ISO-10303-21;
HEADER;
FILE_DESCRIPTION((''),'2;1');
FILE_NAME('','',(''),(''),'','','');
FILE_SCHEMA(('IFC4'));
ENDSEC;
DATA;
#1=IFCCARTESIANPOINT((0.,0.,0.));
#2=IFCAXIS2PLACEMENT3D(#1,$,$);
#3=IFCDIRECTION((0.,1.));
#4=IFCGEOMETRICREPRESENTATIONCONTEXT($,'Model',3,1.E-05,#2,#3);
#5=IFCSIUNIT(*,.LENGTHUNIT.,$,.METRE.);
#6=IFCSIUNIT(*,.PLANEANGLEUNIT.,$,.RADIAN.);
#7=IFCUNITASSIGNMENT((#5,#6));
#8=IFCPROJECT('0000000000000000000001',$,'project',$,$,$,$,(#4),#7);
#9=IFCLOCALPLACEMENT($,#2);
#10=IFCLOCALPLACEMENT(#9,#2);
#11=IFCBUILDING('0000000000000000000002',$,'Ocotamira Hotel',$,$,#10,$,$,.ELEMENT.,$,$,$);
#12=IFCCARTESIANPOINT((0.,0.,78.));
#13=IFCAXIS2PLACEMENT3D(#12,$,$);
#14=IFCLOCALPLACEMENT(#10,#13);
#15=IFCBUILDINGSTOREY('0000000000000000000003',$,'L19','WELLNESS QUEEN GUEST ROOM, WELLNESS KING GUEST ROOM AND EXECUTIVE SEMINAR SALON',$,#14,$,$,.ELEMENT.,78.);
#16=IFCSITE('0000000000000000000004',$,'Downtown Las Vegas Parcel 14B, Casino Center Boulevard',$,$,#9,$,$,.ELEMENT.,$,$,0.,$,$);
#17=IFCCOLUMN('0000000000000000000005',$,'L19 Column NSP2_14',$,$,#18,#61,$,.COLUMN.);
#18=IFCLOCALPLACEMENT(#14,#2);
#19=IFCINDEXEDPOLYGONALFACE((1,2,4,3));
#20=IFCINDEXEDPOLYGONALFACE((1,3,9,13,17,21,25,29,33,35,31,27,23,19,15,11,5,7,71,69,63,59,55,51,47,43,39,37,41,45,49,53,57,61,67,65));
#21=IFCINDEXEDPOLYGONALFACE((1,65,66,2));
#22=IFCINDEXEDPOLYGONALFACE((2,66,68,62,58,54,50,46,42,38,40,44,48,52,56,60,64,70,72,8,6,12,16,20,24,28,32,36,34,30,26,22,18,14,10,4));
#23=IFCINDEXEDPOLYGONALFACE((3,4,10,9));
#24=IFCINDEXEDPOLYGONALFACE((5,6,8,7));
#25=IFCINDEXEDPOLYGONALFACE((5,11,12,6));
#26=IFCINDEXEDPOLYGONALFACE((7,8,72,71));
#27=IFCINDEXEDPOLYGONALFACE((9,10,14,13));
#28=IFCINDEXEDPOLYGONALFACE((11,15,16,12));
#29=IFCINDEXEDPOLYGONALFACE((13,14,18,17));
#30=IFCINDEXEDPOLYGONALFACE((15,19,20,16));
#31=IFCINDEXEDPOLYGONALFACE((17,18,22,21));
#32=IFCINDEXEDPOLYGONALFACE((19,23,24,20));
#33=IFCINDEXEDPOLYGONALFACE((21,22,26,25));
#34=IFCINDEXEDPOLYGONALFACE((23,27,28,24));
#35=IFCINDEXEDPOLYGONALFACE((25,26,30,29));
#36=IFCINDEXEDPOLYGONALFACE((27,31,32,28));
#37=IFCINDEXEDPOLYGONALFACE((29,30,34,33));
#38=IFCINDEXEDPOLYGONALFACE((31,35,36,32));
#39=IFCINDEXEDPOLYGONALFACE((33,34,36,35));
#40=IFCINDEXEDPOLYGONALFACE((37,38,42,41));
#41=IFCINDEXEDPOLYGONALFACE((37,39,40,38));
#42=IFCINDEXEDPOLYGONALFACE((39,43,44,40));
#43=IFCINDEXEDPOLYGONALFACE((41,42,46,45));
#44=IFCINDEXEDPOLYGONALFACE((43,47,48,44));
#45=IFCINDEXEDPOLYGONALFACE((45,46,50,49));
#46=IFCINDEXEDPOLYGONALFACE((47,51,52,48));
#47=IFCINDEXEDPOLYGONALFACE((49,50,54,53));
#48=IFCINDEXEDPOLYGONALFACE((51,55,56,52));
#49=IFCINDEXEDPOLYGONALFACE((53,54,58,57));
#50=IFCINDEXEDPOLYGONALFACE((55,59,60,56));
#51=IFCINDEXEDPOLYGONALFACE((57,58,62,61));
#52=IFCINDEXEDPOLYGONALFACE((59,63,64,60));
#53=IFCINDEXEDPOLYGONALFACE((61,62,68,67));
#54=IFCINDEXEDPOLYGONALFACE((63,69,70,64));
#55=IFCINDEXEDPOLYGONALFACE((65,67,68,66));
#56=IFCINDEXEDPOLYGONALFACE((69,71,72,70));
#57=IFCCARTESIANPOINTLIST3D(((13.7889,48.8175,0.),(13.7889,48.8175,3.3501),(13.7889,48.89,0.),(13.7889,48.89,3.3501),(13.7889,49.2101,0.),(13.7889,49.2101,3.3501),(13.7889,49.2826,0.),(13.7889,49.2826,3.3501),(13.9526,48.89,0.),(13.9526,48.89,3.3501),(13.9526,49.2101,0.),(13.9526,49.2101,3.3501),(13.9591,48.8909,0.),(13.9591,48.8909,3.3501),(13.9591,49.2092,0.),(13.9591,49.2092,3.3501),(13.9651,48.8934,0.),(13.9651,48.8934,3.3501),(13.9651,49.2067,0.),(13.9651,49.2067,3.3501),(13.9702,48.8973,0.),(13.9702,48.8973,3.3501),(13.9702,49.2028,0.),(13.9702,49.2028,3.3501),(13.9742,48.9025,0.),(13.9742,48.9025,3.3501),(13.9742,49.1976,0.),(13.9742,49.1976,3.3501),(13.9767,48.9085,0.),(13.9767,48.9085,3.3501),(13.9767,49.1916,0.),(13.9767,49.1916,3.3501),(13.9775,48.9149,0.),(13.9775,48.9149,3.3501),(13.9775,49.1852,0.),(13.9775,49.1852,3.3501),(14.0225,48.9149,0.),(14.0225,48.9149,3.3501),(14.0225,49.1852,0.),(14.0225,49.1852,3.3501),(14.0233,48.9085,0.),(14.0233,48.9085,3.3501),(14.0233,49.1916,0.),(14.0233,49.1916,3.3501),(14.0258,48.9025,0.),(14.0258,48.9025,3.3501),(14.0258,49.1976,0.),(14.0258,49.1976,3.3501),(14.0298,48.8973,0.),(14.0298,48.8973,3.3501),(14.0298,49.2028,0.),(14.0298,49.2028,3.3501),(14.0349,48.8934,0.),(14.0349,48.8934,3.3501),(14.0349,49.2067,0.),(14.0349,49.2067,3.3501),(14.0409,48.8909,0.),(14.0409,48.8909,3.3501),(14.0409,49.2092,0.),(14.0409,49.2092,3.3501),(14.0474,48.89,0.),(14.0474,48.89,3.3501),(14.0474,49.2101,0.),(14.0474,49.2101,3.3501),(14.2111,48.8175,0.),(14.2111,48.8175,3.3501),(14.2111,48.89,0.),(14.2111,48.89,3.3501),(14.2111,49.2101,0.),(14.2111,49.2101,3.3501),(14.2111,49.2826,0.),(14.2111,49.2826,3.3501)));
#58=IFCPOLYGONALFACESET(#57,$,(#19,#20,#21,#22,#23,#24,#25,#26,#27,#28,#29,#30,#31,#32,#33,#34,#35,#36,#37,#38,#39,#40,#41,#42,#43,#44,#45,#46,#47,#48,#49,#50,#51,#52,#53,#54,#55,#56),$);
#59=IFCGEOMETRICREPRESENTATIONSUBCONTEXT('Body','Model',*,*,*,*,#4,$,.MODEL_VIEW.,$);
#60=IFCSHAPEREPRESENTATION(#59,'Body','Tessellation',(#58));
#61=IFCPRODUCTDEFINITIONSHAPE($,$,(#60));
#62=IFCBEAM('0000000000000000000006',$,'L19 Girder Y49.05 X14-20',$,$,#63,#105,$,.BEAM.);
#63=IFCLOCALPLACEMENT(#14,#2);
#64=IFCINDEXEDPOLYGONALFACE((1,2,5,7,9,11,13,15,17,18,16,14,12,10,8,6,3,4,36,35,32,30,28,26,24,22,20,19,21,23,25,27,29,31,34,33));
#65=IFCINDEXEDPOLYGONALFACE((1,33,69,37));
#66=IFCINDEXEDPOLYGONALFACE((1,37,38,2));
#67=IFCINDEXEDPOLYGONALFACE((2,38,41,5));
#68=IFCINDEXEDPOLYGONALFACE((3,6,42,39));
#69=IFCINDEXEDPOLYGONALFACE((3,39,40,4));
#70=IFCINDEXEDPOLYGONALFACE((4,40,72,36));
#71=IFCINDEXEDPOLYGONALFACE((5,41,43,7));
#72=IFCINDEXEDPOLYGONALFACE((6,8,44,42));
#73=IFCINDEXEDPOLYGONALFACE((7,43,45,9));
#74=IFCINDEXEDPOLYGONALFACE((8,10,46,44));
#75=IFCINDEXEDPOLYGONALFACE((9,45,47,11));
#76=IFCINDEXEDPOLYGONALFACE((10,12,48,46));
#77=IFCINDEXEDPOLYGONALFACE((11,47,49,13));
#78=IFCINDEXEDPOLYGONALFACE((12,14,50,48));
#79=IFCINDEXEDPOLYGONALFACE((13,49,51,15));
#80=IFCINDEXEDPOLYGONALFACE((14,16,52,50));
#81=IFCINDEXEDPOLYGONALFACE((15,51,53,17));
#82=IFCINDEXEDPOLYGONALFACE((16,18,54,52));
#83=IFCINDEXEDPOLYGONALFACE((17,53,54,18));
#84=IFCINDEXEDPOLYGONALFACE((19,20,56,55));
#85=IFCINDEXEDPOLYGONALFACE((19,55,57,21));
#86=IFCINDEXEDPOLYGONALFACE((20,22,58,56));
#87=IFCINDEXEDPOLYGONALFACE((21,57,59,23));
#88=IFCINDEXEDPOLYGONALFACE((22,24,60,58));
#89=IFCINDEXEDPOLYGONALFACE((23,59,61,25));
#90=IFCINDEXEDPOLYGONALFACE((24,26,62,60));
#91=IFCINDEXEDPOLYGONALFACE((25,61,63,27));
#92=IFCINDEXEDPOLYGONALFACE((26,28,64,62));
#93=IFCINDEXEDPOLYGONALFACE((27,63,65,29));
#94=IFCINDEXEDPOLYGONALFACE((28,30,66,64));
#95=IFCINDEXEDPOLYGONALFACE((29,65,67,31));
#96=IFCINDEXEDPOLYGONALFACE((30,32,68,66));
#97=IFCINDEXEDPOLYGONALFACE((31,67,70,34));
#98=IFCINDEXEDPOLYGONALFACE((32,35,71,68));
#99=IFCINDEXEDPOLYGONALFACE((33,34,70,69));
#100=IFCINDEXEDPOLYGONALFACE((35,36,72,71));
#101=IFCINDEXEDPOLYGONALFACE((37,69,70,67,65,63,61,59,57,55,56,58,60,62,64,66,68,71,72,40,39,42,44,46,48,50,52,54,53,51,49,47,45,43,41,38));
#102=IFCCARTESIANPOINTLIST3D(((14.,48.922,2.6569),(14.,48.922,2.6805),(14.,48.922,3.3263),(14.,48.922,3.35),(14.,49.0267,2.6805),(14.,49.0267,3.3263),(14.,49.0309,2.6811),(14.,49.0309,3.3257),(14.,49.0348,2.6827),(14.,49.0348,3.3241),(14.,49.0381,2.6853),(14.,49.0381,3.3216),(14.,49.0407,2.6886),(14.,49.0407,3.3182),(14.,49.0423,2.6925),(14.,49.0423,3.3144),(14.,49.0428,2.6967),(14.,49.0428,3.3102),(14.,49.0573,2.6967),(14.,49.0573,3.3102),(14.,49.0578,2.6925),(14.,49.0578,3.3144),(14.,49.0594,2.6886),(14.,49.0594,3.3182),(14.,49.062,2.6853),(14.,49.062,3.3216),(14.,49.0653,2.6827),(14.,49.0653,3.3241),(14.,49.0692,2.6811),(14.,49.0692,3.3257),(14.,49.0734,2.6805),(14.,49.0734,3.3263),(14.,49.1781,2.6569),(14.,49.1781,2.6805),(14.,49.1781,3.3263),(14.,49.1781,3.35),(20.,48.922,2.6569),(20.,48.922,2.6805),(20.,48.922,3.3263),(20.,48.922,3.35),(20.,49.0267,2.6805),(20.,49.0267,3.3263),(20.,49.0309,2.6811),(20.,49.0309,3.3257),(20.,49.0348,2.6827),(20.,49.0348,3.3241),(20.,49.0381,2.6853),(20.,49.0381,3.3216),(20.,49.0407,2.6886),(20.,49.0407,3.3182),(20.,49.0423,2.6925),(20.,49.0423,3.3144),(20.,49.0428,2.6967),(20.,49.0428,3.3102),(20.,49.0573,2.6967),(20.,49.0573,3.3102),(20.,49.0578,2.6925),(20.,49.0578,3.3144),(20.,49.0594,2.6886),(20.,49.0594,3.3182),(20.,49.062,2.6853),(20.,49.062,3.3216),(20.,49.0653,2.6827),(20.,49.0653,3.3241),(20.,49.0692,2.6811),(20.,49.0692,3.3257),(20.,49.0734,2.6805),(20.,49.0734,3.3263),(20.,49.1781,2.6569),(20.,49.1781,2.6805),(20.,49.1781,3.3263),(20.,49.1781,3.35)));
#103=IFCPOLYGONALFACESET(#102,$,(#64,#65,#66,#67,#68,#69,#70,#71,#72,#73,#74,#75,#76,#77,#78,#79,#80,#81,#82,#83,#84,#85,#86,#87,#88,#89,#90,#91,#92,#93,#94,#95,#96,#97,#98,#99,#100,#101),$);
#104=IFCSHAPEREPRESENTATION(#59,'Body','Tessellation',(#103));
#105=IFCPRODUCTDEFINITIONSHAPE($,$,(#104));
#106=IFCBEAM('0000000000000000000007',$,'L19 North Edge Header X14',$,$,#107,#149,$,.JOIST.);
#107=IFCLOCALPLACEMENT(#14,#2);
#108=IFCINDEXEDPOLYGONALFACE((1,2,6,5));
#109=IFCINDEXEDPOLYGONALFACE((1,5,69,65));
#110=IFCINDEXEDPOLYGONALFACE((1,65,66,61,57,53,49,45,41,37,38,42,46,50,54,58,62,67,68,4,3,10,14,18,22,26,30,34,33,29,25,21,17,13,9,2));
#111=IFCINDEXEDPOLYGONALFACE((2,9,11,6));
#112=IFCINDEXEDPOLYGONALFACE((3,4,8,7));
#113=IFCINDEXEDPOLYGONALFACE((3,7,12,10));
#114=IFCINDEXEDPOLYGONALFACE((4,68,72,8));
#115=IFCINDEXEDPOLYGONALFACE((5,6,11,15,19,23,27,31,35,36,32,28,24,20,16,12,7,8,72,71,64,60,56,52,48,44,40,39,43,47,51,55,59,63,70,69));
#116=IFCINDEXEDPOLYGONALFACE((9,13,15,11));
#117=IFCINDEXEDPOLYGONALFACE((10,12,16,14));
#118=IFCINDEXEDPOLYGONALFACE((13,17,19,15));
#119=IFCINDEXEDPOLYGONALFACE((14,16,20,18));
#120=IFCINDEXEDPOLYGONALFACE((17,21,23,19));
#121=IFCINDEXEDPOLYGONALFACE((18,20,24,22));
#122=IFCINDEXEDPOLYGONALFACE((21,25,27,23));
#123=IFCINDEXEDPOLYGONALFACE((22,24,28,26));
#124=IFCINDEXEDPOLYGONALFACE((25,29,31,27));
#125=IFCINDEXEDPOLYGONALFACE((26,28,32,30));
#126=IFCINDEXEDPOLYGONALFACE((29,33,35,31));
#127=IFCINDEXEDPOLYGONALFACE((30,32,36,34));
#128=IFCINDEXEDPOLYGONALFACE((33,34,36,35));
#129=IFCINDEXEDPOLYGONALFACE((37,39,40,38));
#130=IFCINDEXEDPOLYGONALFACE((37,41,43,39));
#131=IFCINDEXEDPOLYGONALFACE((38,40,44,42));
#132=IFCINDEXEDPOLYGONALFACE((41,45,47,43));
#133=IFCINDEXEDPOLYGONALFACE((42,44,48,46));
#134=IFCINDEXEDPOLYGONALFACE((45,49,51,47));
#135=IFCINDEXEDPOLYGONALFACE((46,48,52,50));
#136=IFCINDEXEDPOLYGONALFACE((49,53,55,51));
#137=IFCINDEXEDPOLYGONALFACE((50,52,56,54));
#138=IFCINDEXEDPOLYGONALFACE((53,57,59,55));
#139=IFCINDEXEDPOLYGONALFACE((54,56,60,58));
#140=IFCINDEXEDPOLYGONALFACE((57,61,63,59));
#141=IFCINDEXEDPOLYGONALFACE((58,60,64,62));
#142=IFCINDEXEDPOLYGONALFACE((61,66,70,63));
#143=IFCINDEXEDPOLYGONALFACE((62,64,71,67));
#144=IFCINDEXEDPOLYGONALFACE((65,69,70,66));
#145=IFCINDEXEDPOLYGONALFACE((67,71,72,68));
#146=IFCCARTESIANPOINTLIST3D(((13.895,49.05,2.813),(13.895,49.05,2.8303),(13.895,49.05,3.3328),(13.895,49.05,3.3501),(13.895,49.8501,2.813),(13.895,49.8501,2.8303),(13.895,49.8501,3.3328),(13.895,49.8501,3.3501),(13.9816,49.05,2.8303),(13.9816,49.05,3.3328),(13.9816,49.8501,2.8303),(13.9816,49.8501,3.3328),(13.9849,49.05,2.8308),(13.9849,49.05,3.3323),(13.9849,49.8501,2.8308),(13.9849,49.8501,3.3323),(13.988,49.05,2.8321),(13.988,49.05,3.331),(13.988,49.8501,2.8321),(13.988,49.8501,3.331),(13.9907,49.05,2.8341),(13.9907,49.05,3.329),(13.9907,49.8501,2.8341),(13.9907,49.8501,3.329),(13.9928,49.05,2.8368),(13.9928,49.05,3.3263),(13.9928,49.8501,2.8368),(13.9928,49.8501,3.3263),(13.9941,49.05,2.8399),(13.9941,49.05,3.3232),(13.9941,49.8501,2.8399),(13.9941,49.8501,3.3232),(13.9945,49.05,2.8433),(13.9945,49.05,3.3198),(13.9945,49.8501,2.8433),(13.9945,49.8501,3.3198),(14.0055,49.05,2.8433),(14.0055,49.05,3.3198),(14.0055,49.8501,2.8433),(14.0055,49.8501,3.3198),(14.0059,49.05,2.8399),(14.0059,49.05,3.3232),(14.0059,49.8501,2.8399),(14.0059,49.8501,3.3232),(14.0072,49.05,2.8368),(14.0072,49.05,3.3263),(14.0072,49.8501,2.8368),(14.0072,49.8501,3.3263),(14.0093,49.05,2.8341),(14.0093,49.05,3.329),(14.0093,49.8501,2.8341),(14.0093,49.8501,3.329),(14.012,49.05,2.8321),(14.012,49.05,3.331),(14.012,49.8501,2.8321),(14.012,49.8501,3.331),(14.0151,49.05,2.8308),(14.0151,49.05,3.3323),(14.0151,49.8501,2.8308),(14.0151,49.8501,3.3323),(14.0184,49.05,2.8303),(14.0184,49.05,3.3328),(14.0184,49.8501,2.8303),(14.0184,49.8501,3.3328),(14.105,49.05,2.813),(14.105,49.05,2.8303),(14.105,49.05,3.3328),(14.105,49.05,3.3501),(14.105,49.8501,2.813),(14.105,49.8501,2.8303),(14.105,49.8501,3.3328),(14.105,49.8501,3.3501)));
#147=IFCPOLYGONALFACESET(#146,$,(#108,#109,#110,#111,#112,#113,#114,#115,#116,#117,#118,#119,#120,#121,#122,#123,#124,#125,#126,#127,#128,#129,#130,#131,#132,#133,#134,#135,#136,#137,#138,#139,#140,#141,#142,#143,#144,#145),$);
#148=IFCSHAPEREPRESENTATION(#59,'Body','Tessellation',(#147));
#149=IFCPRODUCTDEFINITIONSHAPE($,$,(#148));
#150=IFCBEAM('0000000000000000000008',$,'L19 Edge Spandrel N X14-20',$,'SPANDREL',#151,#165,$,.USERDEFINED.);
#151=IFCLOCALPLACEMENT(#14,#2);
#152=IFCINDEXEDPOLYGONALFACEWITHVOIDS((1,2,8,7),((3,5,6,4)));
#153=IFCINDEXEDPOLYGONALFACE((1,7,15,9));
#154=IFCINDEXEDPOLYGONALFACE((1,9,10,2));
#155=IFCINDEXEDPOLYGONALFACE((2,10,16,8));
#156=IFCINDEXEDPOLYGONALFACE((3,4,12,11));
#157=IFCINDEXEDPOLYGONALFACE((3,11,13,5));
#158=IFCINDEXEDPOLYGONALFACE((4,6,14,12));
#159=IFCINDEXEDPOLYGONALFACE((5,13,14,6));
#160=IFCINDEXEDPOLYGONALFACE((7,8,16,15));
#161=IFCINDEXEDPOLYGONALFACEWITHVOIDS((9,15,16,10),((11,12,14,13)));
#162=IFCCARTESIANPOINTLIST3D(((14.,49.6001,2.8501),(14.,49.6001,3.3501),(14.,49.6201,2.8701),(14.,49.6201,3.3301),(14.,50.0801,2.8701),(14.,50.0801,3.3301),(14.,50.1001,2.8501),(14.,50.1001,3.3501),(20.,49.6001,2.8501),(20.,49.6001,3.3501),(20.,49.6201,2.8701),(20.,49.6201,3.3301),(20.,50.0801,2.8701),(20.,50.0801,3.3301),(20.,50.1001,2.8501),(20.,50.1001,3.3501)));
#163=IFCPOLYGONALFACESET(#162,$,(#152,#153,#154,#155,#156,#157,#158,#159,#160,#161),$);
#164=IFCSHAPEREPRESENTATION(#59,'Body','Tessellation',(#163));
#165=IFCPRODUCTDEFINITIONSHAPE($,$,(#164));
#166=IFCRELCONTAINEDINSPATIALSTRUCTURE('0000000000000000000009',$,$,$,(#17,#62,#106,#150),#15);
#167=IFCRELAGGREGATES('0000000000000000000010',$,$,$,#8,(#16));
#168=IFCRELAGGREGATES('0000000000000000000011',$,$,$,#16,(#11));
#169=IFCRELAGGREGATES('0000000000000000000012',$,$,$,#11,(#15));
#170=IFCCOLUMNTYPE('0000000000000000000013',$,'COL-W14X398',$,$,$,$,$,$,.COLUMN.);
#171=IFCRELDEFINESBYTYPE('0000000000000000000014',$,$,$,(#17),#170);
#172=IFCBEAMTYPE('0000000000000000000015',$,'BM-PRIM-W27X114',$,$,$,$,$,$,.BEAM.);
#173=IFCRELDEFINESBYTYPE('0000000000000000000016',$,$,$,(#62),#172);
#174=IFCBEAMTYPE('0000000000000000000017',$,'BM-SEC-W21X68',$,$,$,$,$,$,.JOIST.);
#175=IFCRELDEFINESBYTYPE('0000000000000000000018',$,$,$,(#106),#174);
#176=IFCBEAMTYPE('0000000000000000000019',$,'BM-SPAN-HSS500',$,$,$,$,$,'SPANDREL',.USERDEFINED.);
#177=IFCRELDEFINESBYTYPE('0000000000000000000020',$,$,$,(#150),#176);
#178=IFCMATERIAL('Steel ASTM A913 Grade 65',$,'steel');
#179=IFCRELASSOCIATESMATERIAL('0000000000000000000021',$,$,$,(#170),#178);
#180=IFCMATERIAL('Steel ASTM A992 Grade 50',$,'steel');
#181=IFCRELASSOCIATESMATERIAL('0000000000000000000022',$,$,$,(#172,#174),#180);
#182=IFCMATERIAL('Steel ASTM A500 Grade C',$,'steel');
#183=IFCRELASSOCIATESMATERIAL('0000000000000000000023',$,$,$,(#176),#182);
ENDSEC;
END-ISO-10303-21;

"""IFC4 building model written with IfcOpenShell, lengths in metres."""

from ifc_helpers import new_model, si_unit, direction, frame, origin, origin_2d, place, context, subcontext, project, spatial, hollow_rectangle, i_section, extrude, source, transform, mapped, material, material_profile, profile_set, type_object, element, save


model = new_model("IFC4")

# Units and contexts
model_context = context("Model", 3, precision=1e-05, world=origin(), true_north=direction((0.0, 1.0)))
body_context = subcontext(model_context, "Body", "Model", "MODEL_VIEW")
ifc_project = project(units=[si_unit("LENGTHUNIT", "METRE"), si_unit("PLANEANGLEUNIT", "RADIAN")], contexts=[model_context])

# Site, building, storey
site_placement = place(None, origin())
site = spatial("IfcSite", under=ifc_project, at=site_placement, Name="Downtown Las Vegas Parcel 14B, Casino Center Boulevard", CompositionType="ELEMENT", RefElevation=0.0)
building_placement = place(site_placement, origin())
building = spatial("IfcBuilding", under=site, at=building_placement, Name="Ocotamira Hotel", CompositionType="ELEMENT")
storey_placement = place(building_placement, frame((0.0, 0.0, 78.0)))
storey = spatial("IfcBuildingStorey", under=building, at=storey_placement, Name="L19", Description="WELLNESS QUEEN GUEST ROOM, WELLNESS KING GUEST ROOM AND EXECUTIVE SEMINAR SALON", CompositionType="ELEMENT", Elevation=78.0)

# Column
ifc_material_1 = material(Name="Steel ASTM A913 Grade 65", Category="steel")
ifc_material_profile_1 = material_profile(ifc_material_1, i_section(OverallWidth=0.4221, OverallDepth=0.4651, WebThickness=0.0449, FlangeThickness=0.0725, FilletRadius=0.0249, at=origin_2d()), Name="W14X398")
ifc_profile_set_1 = profile_set([ifc_material_profile_1], Name="Steel ASTM A913 Grade 65")
column_type = type_object("IfcColumnType", Name="COL-W14X398", PredefinedType="COLUMN", material=ifc_profile_set_1)
shared_shape_1 = source(origin(), body_context, "Body", "SweptSolid", [
    extrude(i_section(OverallWidth=0.4221, OverallDepth=0.4651, WebThickness=0.0449, FlangeThickness=0.0725, FilletRadius=0.0249, at=origin_2d()), origin(), (0.0, 0.0, 1.0), 3.3501),
])
column_placement = place(storey_placement, frame((14.0, 49.05, 0.0), z_axis=(0.0, 0.0, 1.0), x_axis=(1.0, 0.0, 0.0)))
element("IfcColumn", 1, at=column_placement, inside=storey, type_object=column_type, Name="L19 Column NSP2_14", PredefinedType="COLUMN", context=body_context, shape_type="MappedRepresentation", body=[
    mapped(shared_shape_1, transform((0.0, 0.0, 0.0), scale=1.0)),
])

# Beams
ifc_material_2 = material(Name="Steel ASTM A992 Grade 50", Category="steel")
ifc_material_profile_2 = material_profile(ifc_material_2, i_section(OverallWidth=0.2561, OverallDepth=0.6931, WebThickness=0.0144, FlangeThickness=0.0237, FilletRadius=0.0161, at=origin_2d()), Name="W27X114")
ifc_profile_set_2 = profile_set([ifc_material_profile_2], Name="Steel ASTM A992 Grade 50")
beam_type_1 = type_object("IfcBeamType", Name="BM-PRIM-W27X114", PredefinedType="BEAM", material=ifc_profile_set_2)
shared_shape_2 = source(origin(), body_context, "Body", "SweptSolid", [
    extrude(i_section(OverallWidth=0.2561, OverallDepth=0.6931, WebThickness=0.0144, FlangeThickness=0.0237, FilletRadius=0.0161, at=origin_2d()), origin(), (0.0, 0.0, 1.0), 6.0),
])
beam_1_placement = place(storey_placement, frame((14.0, 49.05, 3.0034), z_axis=(1.0, 0.0, 0.0), x_axis=(0.0, 1.0, 0.0)))
element("IfcBeam", 2, at=beam_1_placement, inside=storey, type_object=beam_type_1, Name="L19 Girder Y49.05 X14-20", PredefinedType="BEAM", context=body_context, shape_type="MappedRepresentation", body=[
    mapped(shared_shape_2, transform((0.0, 0.0, 0.0), scale=1.0)),
])
ifc_material_profile_3 = material_profile(ifc_material_2, i_section(OverallWidth=0.21, OverallDepth=0.5371, WebThickness=0.011, FlangeThickness=0.0173, FilletRadius=0.0129, at=origin_2d()), Name="W21X68")
ifc_profile_set_3 = profile_set([ifc_material_profile_3], Name="Steel ASTM A992 Grade 50")
beam_type_2 = type_object("IfcBeamType", Name="BM-SEC-W21X68", PredefinedType="JOIST", material=ifc_profile_set_3)
shared_shape_3 = source(origin(), body_context, "Body", "SweptSolid", [
    extrude(i_section(OverallWidth=0.21, OverallDepth=0.5371, WebThickness=0.011, FlangeThickness=0.0173, FilletRadius=0.0129, at=origin_2d()), origin(), (0.0, 0.0, 1.0), 0.8),
])
beam_2_placement = place(storey_placement, frame((14.0, 49.05, 3.0815), z_axis=(0.0, 1.0, 0.0), x_axis=(-1.0, 0.0, 0.0)))
element("IfcBeam", 3, at=beam_2_placement, inside=storey, type_object=beam_type_2, Name="L19 North Edge Header X14", PredefinedType="JOIST", context=body_context, shape_type="MappedRepresentation", body=[
    mapped(shared_shape_3, transform((0.0, 0.0, 0.0), scale=1.0)),
])
ifc_material_3 = material(Name="Steel ASTM A500 Grade C", Category="steel")
ifc_material_profile_4 = material_profile(ifc_material_3, hollow_rectangle(XDim=0.5, YDim=0.5, WallThickness=0.02, at=origin_2d()), Name="HSS500X500X20")
ifc_profile_set_4 = profile_set([ifc_material_profile_4], Name="Steel ASTM A500 Grade C")
beam_type_3 = type_object("IfcBeamType", Name="BM-SPAN-HSS500", ElementType="SPANDREL", PredefinedType="USERDEFINED", material=ifc_profile_set_4)
shared_shape_4 = source(origin(), body_context, "Body", "SweptSolid", [
    extrude(hollow_rectangle(XDim=0.5, YDim=0.5, WallThickness=0.02, at=origin_2d()), origin(), (0.0, 0.0, 1.0), 6.0),
])
beam_3_placement = place(storey_placement, frame((14.0, 49.8501, 3.1001), z_axis=(1.0, 0.0, 0.0), x_axis=(0.0, 1.0, 0.0)))
element("IfcBeam", 4, at=beam_3_placement, inside=storey, type_object=beam_type_3, Name="L19 Edge Spandrel N X14-20", ObjectType="SPANDREL", PredefinedType="USERDEFINED", context=body_context, shape_type="MappedRepresentation", body=[
    mapped(shared_shape_4, transform((0.0, 0.0, 0.0), scale=1.0)),
])

save(model, "model.ifc")
